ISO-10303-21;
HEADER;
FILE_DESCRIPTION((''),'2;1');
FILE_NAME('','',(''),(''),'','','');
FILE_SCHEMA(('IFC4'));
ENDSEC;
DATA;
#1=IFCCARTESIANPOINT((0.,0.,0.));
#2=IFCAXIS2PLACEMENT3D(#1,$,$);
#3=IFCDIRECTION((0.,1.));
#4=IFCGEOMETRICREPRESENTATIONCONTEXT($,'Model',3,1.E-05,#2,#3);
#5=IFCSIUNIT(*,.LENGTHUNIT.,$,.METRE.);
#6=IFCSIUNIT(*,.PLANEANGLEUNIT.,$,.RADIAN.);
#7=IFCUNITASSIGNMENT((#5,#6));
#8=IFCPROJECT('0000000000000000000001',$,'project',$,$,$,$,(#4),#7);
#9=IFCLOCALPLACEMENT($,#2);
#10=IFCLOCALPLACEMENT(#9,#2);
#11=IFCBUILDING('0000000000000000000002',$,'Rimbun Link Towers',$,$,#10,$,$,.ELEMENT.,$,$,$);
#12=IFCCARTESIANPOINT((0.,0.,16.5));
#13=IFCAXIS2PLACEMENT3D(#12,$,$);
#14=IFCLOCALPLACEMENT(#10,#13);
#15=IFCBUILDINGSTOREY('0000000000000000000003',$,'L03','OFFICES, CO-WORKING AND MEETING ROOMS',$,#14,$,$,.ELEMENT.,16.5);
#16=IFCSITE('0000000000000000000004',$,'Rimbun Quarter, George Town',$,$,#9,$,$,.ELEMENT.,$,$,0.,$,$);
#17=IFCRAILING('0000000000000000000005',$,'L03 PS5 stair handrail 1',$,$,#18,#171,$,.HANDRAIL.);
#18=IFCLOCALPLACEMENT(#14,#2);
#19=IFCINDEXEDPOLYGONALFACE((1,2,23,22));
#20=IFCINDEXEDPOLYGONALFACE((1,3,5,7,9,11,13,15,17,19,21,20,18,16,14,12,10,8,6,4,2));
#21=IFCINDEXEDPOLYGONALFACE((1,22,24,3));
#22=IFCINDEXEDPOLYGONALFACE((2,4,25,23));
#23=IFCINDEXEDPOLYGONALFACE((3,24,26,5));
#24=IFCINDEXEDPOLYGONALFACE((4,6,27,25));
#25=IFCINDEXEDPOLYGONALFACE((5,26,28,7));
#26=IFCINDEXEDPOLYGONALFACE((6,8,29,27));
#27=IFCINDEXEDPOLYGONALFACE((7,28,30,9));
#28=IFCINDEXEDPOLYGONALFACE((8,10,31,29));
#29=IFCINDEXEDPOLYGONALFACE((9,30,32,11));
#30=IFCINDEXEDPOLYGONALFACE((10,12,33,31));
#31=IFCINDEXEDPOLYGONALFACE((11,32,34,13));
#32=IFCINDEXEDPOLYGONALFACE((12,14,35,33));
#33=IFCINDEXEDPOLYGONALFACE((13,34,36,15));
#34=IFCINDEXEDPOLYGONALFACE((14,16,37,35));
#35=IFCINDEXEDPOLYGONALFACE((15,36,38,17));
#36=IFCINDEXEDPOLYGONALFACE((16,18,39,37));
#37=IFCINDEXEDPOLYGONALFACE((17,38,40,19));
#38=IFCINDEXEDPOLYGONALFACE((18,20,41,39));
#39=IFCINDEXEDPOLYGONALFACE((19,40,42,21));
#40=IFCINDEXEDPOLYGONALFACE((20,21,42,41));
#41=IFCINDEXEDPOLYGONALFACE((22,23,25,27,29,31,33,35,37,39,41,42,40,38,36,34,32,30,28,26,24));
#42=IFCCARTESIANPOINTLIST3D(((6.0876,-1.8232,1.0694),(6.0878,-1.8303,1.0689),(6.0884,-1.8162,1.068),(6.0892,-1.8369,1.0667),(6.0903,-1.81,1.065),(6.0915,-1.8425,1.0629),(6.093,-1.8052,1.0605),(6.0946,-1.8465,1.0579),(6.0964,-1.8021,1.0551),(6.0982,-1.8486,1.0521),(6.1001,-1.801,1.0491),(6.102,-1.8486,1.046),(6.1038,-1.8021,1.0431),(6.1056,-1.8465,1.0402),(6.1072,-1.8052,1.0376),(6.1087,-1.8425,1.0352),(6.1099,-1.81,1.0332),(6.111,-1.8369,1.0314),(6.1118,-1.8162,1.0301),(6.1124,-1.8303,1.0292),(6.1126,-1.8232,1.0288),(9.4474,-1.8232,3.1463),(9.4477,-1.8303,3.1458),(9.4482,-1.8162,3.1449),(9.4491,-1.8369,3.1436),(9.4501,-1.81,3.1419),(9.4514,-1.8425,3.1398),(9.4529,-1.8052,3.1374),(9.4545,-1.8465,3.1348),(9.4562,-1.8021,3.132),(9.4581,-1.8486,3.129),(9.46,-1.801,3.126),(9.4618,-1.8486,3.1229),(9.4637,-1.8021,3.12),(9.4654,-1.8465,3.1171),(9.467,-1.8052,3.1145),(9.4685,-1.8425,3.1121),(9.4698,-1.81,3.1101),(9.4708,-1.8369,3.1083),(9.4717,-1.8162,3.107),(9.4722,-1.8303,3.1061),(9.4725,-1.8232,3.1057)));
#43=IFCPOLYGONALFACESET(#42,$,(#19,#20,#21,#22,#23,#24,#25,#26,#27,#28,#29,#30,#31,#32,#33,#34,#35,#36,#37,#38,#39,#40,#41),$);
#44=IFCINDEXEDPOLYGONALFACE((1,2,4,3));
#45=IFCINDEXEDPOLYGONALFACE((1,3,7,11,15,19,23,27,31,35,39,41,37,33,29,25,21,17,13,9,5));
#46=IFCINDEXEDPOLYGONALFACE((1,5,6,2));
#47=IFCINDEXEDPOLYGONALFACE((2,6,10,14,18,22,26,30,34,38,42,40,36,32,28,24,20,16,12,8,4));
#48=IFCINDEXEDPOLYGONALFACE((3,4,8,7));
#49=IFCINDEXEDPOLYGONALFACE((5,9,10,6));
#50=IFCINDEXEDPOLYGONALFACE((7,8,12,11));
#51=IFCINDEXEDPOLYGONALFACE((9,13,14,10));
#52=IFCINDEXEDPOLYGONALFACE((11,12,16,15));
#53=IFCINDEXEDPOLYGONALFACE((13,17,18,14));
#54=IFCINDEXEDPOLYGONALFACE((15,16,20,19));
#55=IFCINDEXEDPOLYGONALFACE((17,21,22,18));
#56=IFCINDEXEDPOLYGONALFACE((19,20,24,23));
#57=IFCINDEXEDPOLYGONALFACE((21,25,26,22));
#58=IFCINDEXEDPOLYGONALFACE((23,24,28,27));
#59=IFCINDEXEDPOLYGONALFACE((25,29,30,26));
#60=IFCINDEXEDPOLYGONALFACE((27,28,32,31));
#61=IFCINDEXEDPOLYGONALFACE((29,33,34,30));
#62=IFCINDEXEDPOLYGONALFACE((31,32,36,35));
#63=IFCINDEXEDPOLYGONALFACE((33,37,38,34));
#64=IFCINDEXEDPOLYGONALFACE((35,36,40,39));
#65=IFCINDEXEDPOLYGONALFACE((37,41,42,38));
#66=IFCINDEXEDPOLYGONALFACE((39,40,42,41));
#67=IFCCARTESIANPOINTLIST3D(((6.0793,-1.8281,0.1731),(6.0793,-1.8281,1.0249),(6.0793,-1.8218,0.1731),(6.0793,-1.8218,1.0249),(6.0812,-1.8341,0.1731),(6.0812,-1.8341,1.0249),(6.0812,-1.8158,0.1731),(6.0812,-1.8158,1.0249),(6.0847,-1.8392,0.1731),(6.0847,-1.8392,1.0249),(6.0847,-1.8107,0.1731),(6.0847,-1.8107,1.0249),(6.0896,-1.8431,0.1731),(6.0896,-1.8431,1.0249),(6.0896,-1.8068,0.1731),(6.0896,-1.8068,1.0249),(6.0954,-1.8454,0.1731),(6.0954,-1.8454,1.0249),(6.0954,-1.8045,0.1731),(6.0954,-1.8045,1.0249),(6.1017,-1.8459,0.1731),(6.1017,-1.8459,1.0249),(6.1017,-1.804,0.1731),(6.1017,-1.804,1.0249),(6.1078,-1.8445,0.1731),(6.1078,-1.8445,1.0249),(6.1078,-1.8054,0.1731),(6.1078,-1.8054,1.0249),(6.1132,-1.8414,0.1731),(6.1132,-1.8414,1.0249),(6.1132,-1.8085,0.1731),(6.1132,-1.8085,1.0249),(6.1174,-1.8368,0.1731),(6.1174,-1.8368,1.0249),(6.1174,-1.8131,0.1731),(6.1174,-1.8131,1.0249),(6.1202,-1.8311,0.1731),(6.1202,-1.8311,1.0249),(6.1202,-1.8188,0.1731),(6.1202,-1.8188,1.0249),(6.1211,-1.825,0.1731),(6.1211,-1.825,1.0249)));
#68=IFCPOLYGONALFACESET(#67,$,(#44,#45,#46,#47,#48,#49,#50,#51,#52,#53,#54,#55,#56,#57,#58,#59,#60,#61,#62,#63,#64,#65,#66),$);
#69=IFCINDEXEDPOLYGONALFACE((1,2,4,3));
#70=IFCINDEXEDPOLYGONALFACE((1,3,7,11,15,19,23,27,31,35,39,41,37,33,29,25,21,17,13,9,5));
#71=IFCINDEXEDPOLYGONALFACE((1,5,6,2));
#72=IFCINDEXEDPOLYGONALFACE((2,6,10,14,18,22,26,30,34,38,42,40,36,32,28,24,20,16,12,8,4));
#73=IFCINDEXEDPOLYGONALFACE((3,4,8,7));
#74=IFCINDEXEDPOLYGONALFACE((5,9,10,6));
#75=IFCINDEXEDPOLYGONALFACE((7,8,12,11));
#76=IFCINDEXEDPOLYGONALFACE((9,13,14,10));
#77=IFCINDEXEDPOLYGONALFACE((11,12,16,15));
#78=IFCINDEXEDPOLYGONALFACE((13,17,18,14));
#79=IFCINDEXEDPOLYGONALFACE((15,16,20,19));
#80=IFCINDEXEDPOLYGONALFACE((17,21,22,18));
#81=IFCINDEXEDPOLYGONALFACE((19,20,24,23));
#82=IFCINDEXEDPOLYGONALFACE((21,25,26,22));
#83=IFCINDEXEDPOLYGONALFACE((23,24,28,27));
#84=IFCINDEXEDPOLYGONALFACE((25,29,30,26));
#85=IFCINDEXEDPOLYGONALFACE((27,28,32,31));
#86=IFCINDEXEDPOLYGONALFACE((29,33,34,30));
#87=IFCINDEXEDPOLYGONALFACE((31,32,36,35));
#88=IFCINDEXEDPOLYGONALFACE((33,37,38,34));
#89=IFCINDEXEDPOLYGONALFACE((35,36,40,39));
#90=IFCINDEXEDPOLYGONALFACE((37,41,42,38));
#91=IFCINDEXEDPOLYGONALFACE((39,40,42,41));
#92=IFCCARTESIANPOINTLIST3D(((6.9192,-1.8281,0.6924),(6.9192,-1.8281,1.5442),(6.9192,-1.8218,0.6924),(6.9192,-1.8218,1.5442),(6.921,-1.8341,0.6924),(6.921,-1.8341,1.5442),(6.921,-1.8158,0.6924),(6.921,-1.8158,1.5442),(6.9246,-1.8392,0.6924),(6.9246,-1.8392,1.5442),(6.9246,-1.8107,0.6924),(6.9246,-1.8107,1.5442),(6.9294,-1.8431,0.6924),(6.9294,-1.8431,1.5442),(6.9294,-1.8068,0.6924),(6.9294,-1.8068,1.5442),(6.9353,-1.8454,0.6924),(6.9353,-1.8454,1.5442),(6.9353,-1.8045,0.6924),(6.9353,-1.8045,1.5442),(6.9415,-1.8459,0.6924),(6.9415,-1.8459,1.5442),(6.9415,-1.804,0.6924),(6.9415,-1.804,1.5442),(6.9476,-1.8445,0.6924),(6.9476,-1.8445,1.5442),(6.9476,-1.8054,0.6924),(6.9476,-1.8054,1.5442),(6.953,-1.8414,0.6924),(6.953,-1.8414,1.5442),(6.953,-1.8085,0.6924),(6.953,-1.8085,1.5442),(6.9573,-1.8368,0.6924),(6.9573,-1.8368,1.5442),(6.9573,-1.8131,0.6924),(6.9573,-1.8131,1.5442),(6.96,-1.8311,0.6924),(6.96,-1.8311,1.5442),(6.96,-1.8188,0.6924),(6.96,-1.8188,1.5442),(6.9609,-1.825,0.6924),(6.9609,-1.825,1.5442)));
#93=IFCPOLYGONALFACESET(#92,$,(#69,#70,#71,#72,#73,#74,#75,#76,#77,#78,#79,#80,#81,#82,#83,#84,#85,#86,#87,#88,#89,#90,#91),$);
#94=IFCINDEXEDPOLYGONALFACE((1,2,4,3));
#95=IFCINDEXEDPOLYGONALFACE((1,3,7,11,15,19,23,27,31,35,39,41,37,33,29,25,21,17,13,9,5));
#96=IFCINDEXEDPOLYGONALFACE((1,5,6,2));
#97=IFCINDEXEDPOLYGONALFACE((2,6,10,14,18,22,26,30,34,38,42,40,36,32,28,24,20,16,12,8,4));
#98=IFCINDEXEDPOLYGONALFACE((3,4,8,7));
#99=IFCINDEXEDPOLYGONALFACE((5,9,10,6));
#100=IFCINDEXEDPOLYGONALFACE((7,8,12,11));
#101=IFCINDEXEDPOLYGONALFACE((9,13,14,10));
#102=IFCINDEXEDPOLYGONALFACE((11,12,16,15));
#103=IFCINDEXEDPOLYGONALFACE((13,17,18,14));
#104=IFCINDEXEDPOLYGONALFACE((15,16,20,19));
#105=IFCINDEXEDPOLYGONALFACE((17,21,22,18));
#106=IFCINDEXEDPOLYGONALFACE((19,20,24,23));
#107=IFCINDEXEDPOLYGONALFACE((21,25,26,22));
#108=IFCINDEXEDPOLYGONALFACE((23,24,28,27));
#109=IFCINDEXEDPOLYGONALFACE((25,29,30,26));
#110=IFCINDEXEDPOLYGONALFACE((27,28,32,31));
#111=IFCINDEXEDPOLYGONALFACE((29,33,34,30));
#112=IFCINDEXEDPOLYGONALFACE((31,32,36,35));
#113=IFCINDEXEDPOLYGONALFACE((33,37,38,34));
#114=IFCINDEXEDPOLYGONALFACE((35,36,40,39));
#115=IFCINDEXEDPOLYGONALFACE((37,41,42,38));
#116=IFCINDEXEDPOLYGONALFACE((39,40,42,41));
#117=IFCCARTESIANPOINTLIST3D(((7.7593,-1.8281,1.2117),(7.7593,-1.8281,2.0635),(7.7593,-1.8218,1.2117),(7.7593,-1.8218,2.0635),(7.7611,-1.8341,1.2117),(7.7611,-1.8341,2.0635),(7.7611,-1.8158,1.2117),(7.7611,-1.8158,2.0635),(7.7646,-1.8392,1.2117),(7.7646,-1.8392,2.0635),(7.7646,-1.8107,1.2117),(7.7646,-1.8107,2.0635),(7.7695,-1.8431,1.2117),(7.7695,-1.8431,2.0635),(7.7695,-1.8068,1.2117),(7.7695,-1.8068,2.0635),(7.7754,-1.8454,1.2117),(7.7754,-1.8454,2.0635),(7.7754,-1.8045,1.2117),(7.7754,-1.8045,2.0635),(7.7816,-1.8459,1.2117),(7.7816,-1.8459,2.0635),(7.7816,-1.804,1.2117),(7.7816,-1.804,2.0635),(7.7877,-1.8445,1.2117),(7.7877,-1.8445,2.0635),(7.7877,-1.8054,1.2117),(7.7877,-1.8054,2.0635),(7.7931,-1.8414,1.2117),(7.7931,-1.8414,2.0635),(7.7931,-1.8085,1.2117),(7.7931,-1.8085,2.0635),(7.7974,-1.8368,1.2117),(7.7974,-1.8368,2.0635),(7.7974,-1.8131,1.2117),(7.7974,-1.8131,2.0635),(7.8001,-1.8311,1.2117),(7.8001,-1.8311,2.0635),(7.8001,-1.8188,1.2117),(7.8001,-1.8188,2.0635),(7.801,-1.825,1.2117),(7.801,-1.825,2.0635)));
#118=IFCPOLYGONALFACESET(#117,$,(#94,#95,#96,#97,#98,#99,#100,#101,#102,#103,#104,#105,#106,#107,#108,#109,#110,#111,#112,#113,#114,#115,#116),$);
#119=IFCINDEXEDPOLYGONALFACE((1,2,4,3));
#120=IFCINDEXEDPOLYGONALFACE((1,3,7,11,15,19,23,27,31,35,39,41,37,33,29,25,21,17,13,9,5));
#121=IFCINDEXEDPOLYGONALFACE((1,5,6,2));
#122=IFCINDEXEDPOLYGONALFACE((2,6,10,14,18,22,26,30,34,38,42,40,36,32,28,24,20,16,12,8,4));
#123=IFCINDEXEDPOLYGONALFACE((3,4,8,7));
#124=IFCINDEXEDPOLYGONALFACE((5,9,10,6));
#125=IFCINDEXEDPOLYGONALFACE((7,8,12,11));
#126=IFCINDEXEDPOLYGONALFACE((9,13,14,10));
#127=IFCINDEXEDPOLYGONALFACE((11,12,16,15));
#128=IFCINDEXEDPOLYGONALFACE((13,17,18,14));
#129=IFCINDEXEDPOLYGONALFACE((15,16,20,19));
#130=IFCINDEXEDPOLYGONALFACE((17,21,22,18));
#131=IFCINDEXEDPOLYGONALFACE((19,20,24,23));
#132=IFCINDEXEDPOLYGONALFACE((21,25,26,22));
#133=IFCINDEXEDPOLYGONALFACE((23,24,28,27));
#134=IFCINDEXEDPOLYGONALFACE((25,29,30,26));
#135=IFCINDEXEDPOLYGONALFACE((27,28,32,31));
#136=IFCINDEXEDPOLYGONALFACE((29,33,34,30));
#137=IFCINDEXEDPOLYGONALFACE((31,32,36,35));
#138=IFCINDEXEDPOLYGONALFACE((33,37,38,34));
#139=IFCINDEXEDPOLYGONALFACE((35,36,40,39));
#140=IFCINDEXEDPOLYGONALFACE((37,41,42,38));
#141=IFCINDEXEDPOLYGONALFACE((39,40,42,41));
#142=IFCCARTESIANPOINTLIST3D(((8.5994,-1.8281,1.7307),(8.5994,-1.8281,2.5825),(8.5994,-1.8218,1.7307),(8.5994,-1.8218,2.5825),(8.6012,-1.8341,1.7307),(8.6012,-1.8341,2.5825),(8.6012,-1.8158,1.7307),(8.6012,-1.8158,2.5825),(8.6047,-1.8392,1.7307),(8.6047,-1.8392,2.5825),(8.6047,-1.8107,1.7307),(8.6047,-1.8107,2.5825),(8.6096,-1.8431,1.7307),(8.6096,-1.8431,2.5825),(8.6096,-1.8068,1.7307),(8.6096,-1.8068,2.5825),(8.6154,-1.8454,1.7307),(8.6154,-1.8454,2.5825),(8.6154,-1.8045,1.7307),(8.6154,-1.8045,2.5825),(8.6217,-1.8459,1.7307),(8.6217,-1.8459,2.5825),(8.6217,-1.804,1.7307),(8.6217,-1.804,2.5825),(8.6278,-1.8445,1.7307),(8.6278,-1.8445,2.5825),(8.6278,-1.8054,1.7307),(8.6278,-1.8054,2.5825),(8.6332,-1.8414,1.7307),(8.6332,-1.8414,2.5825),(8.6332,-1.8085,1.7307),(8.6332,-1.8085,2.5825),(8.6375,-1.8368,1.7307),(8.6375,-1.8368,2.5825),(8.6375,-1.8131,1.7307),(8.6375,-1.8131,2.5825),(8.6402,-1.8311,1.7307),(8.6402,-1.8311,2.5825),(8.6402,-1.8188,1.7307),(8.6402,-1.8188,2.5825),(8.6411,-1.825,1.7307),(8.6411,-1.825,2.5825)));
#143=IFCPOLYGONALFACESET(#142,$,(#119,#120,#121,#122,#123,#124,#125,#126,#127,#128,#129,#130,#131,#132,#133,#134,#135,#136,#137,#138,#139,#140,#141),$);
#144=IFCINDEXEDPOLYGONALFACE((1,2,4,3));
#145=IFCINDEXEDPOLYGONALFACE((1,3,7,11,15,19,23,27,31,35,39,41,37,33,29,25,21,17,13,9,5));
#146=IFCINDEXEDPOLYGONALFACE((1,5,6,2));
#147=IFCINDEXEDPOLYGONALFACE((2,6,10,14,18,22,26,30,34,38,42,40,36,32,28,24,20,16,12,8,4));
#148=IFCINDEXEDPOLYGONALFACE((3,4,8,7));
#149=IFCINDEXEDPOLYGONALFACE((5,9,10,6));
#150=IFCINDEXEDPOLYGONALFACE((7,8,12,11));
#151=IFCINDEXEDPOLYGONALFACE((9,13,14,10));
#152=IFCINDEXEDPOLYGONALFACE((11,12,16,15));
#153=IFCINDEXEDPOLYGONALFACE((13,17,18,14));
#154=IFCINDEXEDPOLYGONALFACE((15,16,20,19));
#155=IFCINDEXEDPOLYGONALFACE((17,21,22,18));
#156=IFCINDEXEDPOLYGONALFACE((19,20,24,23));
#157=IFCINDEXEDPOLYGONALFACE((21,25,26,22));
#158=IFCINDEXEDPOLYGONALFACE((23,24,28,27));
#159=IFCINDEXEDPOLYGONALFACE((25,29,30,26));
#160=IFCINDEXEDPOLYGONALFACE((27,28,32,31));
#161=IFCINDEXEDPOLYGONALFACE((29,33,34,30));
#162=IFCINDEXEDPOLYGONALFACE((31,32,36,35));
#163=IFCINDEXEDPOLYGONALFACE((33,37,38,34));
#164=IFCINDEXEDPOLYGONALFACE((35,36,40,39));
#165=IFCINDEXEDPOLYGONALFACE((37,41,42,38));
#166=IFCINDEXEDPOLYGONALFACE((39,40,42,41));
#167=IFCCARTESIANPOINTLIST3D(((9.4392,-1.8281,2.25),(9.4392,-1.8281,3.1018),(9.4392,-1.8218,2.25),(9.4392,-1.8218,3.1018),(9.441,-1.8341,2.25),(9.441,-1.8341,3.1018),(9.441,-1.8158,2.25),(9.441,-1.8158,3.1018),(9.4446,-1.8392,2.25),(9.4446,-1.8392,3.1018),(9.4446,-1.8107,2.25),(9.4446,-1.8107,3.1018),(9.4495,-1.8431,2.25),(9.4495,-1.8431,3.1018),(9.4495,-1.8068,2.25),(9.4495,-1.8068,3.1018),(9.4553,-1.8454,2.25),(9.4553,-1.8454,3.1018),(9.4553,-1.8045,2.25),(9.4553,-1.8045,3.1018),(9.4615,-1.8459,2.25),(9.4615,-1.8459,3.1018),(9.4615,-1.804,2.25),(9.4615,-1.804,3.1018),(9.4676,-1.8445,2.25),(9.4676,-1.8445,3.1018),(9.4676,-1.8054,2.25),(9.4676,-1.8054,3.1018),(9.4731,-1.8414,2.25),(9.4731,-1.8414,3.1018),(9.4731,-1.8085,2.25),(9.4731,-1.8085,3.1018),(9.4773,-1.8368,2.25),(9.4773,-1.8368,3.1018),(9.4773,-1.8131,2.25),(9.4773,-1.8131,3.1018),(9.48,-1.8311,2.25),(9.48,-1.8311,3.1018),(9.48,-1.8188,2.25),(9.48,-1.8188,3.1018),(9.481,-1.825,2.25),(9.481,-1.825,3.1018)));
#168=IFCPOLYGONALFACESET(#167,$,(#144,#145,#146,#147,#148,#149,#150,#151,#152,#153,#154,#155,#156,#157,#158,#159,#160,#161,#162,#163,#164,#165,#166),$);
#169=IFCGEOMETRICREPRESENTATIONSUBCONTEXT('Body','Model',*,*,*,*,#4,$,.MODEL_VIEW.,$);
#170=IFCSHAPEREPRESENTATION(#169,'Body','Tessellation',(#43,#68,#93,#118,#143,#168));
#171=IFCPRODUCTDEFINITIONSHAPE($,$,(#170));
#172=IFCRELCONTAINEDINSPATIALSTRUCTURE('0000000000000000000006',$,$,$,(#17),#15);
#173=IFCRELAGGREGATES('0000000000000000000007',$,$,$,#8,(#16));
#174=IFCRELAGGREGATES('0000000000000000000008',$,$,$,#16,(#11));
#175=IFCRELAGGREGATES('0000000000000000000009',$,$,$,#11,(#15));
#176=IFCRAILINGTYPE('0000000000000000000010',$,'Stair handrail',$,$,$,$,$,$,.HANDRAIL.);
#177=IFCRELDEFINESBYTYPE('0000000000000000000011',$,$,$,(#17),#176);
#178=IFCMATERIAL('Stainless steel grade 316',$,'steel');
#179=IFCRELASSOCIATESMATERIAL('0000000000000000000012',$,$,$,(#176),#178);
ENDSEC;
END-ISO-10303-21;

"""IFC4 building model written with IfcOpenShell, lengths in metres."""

from ifc_helpers import new_model, si_unit, direction, frame, origin, origin_2d, place, context, subcontext, project, spatial, circle, extrude, material, type_object, element, save


model = new_model("IFC4")

# Units and contexts
model_context = context("Model", 3, precision=1e-05, world=origin(), true_north=direction((0.0, 1.0)))
body_context = subcontext(model_context, "Body", "Model", "MODEL_VIEW")
ifc_project = project(units=[si_unit("LENGTHUNIT", "METRE"), si_unit("PLANEANGLEUNIT", "RADIAN")], contexts=[model_context])

# Site, building, storey
site_placement = place(None, origin())
site = spatial("IfcSite", under=ifc_project, at=site_placement, Name="Rimbun Quarter, George Town", CompositionType="ELEMENT", RefElevation=0.0)
building_placement = place(site_placement, origin())
building = spatial("IfcBuilding", under=site, at=building_placement, Name="Rimbun Link Towers", CompositionType="ELEMENT")
storey_placement = place(building_placement, frame((0.0, 0.0, 16.5)))
storey = spatial("IfcBuildingStorey", under=building, at=storey_placement, Name="L03", Description="OFFICES, CO-WORKING AND MEETING ROOMS", CompositionType="ELEMENT", Elevation=16.5)

# Railing
ifc_material_1 = material(Name="Stainless steel grade 316", Category="steel")
railing_type_1 = type_object("IfcRailingType", Name="Stair handrail", PredefinedType="HANDRAIL", material=ifc_material_1)
railing_1_placement = place(storey_placement, frame((6.1001, -1.825, 0.1731)))
element("IfcRailing", 1, at=railing_1_placement, inside=storey, type_object=railing_type_1, Name="L03 PS5 stair handrail 1", PredefinedType="HANDRAIL", context=body_context, shape_type="SweptSolid", body=[
    extrude(circle(Radius=0.0239, at=origin_2d()), frame((0.0, 0.0, 0.876), z_axis=(0.850606, 0.0, 0.525803), x_axis=(0.0, 1.0, 0.0)), (0.0, 0.0, 1.0), 3.95),
    extrude(circle(Radius=0.021, at=origin_2d()), origin(), (0.0, 0.0, 1.0), 0.8518),
    extrude(circle(Radius=0.021, at=origin_2d()), frame((0.8398, 0.0, 0.5193)), (0.0, 0.0, 1.0), 0.8518),
    extrude(circle(Radius=0.021, at=origin_2d()), frame((1.6799, 0.0, 1.0386)), (0.0, 0.0, 1.0), 0.8518),
    extrude(circle(Radius=0.021, at=origin_2d()), frame((2.52, 0.0, 1.5576)), (0.0, 0.0, 1.0), 0.8518),
    extrude(circle(Radius=0.021, at=origin_2d()), frame((3.3599, 0.0, 2.0769)), (0.0, 0.0, 1.0), 0.8518),
])

save(model, "model.ifc")
